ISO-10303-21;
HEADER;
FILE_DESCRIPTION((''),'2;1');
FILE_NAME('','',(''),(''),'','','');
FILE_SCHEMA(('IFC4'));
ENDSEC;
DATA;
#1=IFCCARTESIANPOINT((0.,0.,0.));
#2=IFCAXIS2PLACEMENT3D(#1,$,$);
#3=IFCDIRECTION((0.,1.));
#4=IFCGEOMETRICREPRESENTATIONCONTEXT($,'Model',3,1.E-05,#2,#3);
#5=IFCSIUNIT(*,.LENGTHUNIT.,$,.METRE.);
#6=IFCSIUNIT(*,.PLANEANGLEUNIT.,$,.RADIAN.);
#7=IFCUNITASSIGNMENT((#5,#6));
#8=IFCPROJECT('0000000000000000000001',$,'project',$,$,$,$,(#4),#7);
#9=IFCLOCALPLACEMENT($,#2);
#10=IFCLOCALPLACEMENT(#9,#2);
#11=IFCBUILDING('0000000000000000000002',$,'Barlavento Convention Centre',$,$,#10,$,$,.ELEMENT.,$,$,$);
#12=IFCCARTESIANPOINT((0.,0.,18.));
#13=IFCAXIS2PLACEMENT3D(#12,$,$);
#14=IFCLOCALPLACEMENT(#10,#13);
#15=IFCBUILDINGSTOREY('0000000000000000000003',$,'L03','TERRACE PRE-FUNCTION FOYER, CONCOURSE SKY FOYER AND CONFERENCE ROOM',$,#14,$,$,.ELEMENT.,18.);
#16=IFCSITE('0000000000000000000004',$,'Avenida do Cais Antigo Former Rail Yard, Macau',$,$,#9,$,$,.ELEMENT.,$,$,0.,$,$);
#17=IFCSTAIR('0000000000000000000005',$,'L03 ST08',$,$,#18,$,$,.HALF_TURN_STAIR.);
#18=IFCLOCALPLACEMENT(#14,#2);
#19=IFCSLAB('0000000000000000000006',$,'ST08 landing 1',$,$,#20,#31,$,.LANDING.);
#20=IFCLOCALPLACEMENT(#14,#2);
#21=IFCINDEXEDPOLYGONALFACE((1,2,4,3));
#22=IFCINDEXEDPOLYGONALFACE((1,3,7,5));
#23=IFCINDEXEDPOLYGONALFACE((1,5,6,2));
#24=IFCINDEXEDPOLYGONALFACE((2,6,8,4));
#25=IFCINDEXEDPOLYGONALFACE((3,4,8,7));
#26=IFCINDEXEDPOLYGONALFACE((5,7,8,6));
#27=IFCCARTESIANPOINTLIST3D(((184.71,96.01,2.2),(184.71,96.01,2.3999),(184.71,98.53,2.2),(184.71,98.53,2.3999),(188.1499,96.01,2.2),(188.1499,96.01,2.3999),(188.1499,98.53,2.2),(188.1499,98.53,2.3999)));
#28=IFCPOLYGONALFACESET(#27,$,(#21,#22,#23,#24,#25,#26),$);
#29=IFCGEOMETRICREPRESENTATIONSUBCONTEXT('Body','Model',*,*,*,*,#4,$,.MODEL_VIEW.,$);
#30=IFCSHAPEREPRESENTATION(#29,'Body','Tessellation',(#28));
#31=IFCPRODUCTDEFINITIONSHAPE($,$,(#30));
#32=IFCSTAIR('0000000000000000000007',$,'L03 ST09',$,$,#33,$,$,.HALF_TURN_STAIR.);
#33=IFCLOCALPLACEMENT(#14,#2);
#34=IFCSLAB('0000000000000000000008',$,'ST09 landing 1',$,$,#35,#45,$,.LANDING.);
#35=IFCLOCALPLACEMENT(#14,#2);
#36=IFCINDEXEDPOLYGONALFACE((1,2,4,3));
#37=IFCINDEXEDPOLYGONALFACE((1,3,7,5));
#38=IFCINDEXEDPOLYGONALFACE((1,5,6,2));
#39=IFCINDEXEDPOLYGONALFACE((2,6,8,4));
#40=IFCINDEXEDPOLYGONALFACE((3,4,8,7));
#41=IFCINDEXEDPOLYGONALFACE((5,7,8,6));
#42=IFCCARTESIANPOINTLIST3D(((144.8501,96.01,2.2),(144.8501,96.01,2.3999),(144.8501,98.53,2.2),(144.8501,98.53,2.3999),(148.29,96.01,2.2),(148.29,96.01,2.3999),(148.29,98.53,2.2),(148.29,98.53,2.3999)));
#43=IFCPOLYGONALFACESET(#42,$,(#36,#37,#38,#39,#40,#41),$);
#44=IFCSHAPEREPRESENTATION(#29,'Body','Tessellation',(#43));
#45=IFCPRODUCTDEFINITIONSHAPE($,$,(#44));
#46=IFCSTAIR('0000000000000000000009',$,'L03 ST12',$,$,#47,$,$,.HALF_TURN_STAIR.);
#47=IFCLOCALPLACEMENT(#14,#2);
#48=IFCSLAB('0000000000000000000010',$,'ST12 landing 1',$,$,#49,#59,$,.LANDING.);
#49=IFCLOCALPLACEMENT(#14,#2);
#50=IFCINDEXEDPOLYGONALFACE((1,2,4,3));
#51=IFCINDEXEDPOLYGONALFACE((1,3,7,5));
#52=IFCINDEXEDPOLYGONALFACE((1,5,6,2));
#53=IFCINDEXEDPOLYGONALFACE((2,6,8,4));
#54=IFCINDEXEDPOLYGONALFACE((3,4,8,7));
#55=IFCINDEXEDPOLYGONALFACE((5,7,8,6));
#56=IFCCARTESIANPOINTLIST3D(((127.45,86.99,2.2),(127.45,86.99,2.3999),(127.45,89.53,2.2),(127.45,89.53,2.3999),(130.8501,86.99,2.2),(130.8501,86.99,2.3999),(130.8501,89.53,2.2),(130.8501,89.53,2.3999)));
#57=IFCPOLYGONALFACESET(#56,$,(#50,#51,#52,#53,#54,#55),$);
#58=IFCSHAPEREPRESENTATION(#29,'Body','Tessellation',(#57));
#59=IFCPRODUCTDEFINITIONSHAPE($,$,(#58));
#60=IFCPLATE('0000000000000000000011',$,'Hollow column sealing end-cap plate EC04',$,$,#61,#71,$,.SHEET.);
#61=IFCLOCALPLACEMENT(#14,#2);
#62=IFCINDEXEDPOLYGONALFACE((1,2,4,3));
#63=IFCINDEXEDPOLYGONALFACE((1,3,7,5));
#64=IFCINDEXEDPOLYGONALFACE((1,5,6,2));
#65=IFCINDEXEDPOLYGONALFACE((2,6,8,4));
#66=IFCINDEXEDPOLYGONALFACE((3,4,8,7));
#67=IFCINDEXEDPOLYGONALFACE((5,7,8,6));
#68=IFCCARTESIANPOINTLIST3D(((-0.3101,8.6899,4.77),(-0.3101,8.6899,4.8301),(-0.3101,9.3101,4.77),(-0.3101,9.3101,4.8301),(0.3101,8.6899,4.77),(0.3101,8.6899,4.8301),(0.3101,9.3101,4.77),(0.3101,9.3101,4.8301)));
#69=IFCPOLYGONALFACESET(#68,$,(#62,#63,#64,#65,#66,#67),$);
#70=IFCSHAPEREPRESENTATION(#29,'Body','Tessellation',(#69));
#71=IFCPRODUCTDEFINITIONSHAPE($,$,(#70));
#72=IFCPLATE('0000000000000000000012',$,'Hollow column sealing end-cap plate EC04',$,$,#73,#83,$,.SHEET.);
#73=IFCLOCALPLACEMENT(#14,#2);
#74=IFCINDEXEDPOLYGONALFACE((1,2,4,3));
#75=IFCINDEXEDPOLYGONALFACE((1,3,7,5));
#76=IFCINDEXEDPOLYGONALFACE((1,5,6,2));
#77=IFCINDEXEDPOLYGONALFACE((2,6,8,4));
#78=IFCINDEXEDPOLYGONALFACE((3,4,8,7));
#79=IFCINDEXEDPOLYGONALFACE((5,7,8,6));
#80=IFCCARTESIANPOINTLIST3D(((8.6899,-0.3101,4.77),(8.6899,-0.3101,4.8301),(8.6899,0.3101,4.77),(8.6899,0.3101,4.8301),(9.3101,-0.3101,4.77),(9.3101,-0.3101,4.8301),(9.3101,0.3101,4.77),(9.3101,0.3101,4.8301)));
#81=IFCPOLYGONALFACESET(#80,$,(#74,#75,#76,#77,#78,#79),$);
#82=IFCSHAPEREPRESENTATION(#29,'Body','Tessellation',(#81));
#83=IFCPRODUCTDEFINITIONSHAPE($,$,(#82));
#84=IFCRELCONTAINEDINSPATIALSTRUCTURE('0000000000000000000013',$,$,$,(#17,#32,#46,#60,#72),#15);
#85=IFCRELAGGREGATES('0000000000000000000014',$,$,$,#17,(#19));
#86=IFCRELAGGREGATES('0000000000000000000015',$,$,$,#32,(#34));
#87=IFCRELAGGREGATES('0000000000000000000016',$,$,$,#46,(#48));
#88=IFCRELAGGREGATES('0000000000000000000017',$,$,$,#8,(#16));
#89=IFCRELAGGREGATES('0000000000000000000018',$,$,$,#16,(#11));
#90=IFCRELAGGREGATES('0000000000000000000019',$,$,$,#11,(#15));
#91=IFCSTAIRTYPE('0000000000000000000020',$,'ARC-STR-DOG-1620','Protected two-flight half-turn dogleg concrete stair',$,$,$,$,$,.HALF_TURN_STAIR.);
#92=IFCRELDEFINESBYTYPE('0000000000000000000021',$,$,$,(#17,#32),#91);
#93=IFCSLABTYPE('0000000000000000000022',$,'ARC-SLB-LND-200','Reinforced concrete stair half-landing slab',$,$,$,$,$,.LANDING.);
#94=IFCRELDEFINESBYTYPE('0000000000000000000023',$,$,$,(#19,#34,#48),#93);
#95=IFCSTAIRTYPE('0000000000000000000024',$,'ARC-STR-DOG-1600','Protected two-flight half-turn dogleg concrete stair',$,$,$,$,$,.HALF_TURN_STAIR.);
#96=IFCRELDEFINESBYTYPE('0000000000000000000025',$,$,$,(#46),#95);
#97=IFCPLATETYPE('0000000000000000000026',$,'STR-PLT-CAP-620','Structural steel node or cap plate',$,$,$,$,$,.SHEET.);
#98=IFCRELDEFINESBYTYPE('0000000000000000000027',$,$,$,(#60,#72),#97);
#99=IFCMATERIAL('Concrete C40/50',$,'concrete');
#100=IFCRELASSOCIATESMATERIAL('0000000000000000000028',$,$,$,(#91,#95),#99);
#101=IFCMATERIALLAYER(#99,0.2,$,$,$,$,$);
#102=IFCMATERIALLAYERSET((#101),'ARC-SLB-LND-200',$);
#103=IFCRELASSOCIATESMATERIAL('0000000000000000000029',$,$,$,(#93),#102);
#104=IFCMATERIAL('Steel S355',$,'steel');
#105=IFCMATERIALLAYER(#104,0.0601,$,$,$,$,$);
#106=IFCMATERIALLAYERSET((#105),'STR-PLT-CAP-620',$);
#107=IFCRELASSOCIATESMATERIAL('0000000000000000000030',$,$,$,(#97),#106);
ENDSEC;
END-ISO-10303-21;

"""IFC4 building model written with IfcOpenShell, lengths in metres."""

from ifc_helpers import new_model, si_unit, direction, frame, origin, origin_2d, place, context, subcontext, project, spatial, polyline, rectangle, outline, extrude, material, layer, layer_set, type_object, element, aggregate, save


model = new_model("IFC4")

# Units and contexts
model_context = context("Model", 3, precision=1e-05, world=origin(), true_north=direction((0.0, 1.0)))
body_context = subcontext(model_context, "Body", "Model", "MODEL_VIEW")
ifc_project = project(units=[si_unit("LENGTHUNIT", "METRE"), si_unit("PLANEANGLEUNIT", "RADIAN")], contexts=[model_context])

# Site, building, storey
site_placement = place(None, origin())
site = spatial("IfcSite", under=ifc_project, at=site_placement, Name="Avenida do Cais Antigo Former Rail Yard, Macau", CompositionType="ELEMENT", RefElevation=0.0)
building_placement = place(site_placement, origin())
building = spatial("IfcBuilding", under=site, at=building_placement, Name="Barlavento Convention Centre", CompositionType="ELEMENT")
storey_placement = place(building_placement, frame((0.0, 0.0, 18.0)))
storey = spatial("IfcBuildingStorey", under=building, at=storey_placement, Name="L03", Description="TERRACE PRE-FUNCTION FOYER, CONCOURSE SKY FOYER AND CONFERENCE ROOM", CompositionType="ELEMENT", Elevation=18.0)

# Shared definitions
ifc_material_1 = material(Name="Steel S355", Category="steel")
ifc_material_2 = material(Name="Concrete C40/50", Category="concrete")

# Stairs, slabs
stair_type_1 = type_object("IfcStairType", Name="ARC-STR-DOG-1620", Description="Protected two-flight half-turn dogleg concrete stair", PredefinedType="HALF_TURN_STAIR", material=ifc_material_2)
stair_1_placement = place(storey_placement, origin())
stair_1 = element("IfcStair", 1, at=stair_1_placement, inside=storey, type_object=stair_type_1, Name="L03 ST08", PredefinedType="HALF_TURN_STAIR")
ifc_layer_1 = layer(ifc_material_2, 0.2)
ifc_layer_set_1 = layer_set([ifc_layer_1], Name="ARC-SLB-LND-200")
slab_type = type_object("IfcSlabType", Name="ARC-SLB-LND-200", Description="Reinforced concrete stair half-landing slab", PredefinedType="LANDING", material=ifc_layer_set_1)
slab_1_placement = place(storey_placement, frame((0.0, 0.0, 2.2)))
slab_1 = element("IfcSlab", 2, at=slab_1_placement, type_object=slab_type, Name="ST08 landing 1", PredefinedType="LANDING", context=body_context, shape_type="SweptSolid", body=[
    extrude(outline(polyline([(188.1499, 96.01), (188.1499, 98.53), (184.71, 98.53), (184.71, 96.01), (188.1499, 96.01)])), origin(), (0.0, 0.0, 1.0), 0.2),
])
aggregate(stair_1, [slab_1])
stair_2_placement = place(storey_placement, origin())
stair_2 = element("IfcStair", 3, at=stair_2_placement, inside=storey, type_object=stair_type_1, Name="L03 ST09", PredefinedType="HALF_TURN_STAIR")
slab_2_placement = place(storey_placement, frame((0.0, 0.0, 2.2)))
slab_2 = element("IfcSlab", 4, at=slab_2_placement, type_object=slab_type, Name="ST09 landing 1", PredefinedType="LANDING", context=body_context, shape_type="SweptSolid", body=[
    extrude(outline(polyline([(148.29, 96.01), (148.29, 98.53), (144.8501, 98.53), (144.8501, 96.01), (148.29, 96.01)])), origin(), (0.0, 0.0, 1.0), 0.2),
])
aggregate(stair_2, [slab_2])
stair_type_2 = type_object("IfcStairType", Name="ARC-STR-DOG-1600", Description="Protected two-flight half-turn dogleg concrete stair", PredefinedType="HALF_TURN_STAIR", material=ifc_material_2)
stair_3_placement = place(storey_placement, origin())
stair_3 = element("IfcStair", 5, at=stair_3_placement, inside=storey, type_object=stair_type_2, Name="L03 ST12", PredefinedType="HALF_TURN_STAIR")
slab_3_placement = place(storey_placement, frame((0.0, 0.0, 2.2)))
slab_3 = element("IfcSlab", 6, at=slab_3_placement, type_object=slab_type, Name="ST12 landing 1", PredefinedType="LANDING", context=body_context, shape_type="SweptSolid", body=[
    extrude(outline(polyline([(130.8501, 86.99), (130.8501, 89.53), (127.45, 89.53), (127.45, 86.99), (130.8501, 86.99)])), origin(), (0.0, 0.0, 1.0), 0.2),
])
aggregate(stair_3, [slab_3])

# Plates
ifc_layer_2 = layer(ifc_material_1, 0.0601)
ifc_layer_set_2 = layer_set([ifc_layer_2], Name="STR-PLT-CAP-620")
plate_type = type_object("IfcPlateType", Name="STR-PLT-CAP-620", Description="Structural steel node or cap plate", PredefinedType="SHEET", material=ifc_layer_set_2)
for number, where, z_axis, x_axis, name in (
    (7, (0.0, 9.0, 4.77), (0.0, 0.0, 1.0), (1.0, 0.0, 0.0), "Hollow column sealing end-cap plate EC04"),
    (8, (9.0, 0.0, 4.77), (0.0, 0.0, 1.0), (1.0, 0.0, 0.0), "Hollow column sealing end-cap plate EC04"),
):
    element("IfcPlate", number, at=place(storey_placement, frame(where, z_axis=z_axis, x_axis=x_axis)), inside=storey, type_object=plate_type, Name=name, PredefinedType="SHEET", context=body_context, shape_type="SweptSolid", body=[
        extrude(rectangle(XDim=0.6201, YDim=0.6201, at=origin_2d()), origin(), (0.0, 0.0, 1.0), 0.0601),
    ])

save(model, "model.ifc")
